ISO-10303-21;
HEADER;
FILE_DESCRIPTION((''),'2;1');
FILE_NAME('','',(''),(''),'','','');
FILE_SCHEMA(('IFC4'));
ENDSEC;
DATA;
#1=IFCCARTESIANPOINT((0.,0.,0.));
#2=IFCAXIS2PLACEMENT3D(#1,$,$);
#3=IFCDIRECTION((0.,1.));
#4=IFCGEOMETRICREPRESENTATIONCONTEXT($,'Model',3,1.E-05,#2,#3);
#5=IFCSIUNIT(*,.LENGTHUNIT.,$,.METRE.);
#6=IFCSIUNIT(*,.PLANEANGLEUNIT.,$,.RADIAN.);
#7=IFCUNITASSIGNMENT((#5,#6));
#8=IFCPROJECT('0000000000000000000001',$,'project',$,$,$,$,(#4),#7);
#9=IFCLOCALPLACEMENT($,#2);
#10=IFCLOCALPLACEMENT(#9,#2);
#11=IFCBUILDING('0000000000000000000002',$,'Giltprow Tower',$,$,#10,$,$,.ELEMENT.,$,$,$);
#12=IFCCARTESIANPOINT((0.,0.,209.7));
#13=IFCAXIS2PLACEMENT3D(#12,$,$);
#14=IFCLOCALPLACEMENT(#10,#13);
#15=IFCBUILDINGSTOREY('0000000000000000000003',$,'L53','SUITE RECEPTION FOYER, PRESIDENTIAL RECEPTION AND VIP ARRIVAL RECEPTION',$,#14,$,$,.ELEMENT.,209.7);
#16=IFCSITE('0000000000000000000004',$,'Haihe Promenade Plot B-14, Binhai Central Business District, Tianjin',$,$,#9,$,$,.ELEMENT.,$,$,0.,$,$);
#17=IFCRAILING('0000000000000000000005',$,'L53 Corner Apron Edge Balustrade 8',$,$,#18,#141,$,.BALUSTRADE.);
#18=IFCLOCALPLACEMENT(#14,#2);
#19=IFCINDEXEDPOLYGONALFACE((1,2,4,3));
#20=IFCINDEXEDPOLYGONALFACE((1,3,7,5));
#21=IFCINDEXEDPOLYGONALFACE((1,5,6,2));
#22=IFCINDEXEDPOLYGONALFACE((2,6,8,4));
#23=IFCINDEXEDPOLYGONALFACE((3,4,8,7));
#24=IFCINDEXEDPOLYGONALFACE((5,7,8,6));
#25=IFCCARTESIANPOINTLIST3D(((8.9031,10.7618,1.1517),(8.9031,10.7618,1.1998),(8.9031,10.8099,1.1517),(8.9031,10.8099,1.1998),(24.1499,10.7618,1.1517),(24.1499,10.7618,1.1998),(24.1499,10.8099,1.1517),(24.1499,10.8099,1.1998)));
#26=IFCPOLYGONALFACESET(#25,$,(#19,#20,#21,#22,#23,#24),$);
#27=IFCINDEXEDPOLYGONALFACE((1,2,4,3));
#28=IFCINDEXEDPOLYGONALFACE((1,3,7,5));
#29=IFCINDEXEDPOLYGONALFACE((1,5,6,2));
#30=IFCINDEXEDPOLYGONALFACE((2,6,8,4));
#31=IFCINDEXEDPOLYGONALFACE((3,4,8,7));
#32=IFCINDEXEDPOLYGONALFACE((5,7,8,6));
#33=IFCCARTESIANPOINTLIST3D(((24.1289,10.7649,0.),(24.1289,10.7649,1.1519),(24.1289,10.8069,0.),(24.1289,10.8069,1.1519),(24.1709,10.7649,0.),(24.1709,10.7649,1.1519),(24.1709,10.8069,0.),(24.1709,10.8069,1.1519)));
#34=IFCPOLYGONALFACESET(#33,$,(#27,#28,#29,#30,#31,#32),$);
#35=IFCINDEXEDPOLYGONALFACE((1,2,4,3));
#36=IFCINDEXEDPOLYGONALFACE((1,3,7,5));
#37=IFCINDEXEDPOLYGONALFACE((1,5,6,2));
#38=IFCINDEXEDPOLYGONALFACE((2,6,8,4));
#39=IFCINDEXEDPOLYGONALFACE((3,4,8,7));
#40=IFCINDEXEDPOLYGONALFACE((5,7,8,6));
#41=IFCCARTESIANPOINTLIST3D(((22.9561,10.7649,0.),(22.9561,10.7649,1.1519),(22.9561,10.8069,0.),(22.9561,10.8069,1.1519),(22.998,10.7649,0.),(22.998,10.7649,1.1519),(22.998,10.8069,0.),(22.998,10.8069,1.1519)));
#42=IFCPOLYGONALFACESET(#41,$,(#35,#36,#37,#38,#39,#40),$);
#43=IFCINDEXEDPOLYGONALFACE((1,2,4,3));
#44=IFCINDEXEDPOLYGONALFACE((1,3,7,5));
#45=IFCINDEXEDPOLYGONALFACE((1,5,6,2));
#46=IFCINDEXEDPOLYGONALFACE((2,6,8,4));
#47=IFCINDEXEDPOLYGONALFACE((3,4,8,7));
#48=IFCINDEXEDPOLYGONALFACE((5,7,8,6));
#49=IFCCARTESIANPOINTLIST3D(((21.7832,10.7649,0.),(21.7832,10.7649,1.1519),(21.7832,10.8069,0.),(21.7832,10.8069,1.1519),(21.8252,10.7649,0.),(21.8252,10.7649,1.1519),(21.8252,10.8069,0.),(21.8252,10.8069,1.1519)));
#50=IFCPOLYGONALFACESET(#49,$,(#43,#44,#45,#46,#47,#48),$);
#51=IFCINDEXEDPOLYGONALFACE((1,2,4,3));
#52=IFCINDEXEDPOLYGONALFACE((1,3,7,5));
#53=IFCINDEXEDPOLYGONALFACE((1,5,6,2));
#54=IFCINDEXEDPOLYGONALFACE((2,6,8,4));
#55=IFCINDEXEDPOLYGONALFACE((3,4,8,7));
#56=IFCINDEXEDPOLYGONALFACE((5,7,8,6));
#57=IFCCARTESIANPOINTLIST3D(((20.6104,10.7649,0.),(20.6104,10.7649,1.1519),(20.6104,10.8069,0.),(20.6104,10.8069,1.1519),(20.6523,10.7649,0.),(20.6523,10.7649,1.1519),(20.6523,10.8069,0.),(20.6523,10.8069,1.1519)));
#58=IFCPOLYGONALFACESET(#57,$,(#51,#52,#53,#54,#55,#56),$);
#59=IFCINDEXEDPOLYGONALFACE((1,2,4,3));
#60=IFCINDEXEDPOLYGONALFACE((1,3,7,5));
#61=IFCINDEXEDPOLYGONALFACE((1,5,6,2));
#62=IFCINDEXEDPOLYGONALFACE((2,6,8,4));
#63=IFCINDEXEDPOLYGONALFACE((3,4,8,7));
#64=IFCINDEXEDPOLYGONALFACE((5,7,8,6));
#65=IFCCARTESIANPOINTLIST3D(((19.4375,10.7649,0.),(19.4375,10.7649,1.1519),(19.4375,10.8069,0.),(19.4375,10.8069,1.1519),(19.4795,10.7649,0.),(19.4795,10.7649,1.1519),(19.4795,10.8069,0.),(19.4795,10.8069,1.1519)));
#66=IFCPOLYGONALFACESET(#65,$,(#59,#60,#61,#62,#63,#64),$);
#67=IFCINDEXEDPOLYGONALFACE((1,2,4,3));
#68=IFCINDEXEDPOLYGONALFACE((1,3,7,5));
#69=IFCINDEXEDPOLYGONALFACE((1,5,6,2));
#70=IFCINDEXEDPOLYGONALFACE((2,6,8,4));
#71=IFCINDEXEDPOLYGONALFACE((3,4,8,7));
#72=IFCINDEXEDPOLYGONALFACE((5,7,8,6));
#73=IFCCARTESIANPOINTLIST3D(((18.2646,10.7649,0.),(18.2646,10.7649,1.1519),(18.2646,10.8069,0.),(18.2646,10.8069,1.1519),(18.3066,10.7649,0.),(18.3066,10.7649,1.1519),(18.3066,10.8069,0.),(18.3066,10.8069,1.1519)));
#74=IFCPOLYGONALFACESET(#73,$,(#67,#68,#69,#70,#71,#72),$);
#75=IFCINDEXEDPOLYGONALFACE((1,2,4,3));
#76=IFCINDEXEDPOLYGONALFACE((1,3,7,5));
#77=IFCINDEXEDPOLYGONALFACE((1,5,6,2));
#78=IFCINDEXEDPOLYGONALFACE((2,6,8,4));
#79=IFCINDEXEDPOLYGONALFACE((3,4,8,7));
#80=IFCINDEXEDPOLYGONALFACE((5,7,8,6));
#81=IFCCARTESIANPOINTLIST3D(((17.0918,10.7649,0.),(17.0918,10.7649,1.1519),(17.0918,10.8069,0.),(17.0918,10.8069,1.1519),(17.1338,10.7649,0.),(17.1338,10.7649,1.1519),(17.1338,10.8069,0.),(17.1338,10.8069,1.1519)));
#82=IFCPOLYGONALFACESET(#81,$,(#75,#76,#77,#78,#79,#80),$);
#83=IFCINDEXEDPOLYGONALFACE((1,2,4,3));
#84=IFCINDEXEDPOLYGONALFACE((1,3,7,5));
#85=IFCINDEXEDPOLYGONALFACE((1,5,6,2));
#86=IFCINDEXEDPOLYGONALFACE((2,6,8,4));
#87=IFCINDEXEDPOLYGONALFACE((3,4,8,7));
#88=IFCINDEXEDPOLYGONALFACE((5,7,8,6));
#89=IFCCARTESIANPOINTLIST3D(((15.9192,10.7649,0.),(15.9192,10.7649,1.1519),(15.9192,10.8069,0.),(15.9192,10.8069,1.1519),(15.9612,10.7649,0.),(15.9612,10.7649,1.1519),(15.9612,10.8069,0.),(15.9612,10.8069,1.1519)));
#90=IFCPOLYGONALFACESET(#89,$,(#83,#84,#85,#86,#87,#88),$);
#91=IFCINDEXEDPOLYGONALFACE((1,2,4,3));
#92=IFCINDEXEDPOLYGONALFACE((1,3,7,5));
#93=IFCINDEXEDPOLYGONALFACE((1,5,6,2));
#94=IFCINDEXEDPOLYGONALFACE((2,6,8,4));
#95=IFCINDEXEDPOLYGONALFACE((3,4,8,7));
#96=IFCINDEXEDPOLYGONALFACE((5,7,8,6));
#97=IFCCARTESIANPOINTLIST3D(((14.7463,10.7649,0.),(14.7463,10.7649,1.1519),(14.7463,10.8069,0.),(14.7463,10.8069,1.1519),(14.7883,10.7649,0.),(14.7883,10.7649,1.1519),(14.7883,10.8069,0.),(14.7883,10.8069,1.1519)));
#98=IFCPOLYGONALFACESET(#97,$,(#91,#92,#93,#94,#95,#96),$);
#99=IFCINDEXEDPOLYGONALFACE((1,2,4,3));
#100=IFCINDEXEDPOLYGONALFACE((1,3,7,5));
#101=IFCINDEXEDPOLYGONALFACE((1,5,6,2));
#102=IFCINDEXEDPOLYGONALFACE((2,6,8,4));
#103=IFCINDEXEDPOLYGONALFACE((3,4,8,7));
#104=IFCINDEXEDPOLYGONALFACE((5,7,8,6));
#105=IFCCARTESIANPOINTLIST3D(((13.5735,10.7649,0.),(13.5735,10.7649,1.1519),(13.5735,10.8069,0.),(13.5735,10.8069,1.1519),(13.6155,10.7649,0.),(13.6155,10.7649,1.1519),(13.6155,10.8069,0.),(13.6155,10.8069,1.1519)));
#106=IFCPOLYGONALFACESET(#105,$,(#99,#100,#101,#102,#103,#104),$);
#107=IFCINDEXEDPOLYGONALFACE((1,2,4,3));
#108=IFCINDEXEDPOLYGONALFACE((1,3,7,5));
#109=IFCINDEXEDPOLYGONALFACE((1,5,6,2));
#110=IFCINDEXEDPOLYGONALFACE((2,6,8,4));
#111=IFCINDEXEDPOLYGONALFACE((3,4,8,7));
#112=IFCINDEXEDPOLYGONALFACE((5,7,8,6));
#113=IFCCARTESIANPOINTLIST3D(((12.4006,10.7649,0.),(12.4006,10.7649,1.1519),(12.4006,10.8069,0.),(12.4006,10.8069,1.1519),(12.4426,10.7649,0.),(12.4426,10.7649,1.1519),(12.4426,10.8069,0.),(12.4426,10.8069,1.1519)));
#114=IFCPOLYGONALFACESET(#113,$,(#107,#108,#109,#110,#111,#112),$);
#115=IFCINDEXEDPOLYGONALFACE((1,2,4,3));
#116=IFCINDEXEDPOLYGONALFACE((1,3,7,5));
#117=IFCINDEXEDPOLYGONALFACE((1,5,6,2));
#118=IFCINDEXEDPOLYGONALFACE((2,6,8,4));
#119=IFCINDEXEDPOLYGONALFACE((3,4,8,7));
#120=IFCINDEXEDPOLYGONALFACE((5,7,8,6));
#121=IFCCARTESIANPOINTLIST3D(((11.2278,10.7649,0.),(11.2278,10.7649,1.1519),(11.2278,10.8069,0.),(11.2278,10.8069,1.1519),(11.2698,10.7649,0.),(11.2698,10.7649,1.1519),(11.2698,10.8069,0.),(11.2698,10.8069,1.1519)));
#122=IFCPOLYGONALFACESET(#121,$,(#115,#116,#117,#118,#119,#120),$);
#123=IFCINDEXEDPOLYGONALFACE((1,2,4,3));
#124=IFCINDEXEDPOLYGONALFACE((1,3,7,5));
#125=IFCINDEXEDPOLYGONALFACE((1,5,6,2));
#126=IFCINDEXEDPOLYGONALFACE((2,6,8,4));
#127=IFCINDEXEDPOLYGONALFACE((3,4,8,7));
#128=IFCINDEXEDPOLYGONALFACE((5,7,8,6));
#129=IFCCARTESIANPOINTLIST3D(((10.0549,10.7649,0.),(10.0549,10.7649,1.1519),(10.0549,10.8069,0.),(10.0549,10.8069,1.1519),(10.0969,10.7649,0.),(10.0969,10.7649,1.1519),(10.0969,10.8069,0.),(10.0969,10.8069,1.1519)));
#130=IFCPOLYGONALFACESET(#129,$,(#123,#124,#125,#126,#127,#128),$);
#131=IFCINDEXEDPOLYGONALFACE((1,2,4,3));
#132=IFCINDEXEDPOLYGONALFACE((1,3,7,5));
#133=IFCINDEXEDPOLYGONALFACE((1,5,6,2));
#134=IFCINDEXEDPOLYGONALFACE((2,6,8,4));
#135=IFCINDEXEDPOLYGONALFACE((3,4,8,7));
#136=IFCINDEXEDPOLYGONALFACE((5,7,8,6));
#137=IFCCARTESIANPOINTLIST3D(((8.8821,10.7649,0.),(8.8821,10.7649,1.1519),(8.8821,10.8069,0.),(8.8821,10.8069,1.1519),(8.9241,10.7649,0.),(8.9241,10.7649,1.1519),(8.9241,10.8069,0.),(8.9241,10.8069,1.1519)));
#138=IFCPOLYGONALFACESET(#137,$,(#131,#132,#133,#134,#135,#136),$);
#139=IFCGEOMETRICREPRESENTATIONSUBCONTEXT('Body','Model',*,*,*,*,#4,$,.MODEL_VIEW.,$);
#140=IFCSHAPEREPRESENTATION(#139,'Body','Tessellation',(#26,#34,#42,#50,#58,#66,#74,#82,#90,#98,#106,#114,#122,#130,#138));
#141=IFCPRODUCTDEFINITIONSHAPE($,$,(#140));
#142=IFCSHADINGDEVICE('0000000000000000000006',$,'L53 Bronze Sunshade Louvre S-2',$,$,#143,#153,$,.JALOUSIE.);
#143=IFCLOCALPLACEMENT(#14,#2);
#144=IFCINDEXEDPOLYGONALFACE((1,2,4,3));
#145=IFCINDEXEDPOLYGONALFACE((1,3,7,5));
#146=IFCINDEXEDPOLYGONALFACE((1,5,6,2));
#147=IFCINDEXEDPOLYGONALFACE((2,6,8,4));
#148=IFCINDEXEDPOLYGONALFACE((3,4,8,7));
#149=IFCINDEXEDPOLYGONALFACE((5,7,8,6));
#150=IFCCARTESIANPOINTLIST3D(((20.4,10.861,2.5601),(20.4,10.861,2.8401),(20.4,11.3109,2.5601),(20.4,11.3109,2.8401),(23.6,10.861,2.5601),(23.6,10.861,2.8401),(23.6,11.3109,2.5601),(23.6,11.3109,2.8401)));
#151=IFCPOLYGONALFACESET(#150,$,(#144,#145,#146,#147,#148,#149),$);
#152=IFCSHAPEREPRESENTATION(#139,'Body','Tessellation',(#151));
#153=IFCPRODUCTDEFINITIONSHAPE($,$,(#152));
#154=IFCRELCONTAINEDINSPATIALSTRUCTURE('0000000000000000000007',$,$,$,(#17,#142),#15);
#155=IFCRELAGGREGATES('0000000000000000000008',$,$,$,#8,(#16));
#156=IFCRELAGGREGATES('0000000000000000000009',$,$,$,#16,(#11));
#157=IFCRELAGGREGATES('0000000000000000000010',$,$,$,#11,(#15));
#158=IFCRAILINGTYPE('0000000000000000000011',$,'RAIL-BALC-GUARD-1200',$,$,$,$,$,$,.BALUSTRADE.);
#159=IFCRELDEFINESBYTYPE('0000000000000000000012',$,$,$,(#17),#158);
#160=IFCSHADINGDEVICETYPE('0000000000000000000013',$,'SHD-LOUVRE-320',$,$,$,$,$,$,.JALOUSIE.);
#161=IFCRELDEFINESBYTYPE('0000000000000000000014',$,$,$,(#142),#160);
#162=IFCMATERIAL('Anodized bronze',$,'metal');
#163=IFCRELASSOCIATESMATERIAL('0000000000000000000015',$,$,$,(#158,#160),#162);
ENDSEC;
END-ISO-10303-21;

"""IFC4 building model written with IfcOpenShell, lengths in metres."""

from ifc_helpers import new_model, si_unit, direction, frame, origin, origin_2d, place, context, subcontext, project, spatial, rectangle, extrude, source, transform, mapped, material, type_object, element, save


model = new_model("IFC4")

# Units and contexts
model_context = context("Model", 3, precision=1e-05, world=origin(), true_north=direction((0.0, 1.0)))
body_context = subcontext(model_context, "Body", "Model", "MODEL_VIEW")
ifc_project = project(units=[si_unit("LENGTHUNIT", "METRE"), si_unit("PLANEANGLEUNIT", "RADIAN")], contexts=[model_context])

# Site, building, storey
site_placement = place(None, origin())
site = spatial("IfcSite", under=ifc_project, at=site_placement, Name="Haihe Promenade Plot B-14, Binhai Central Business District, Tianjin", CompositionType="ELEMENT", RefElevation=0.0)
building_placement = place(site_placement, origin())
building = spatial("IfcBuilding", under=site, at=building_placement, Name="Giltprow Tower", CompositionType="ELEMENT")
storey_placement = place(building_placement, frame((0.0, 0.0, 209.7)))
storey = spatial("IfcBuildingStorey", under=building, at=storey_placement, Name="L53", Description="SUITE RECEPTION FOYER, PRESIDENTIAL RECEPTION AND VIP ARRIVAL RECEPTION", CompositionType="ELEMENT", Elevation=209.7)

# Railing
ifc_material_1 = material(Name="Anodized bronze", Category="metal")
railing_type = type_object("IfcRailingType", Name="RAIL-BALC-GUARD-1200", PredefinedType="BALUSTRADE", material=ifc_material_1)
railing_1_placement = place(storey_placement, frame((24.1499, 10.7859, 0.0)))
element("IfcRailing", 1, at=railing_1_placement, inside=storey, type_object=railing_type, Name="L53 Corner Apron Edge Balustrade 8", PredefinedType="BALUSTRADE", context=body_context, shape_type="SweptSolid", body=[
    extrude(rectangle(XDim=0.0481, YDim=0.0481, at=origin_2d()), frame((0.0, 0.0, 1.1758), z_axis=(-1.0, 0.0, 0.0), x_axis=(0.0, -1.0, 0.0)), (0.0, 0.0, 1.0), 15.2468),
    extrude(rectangle(XDim=0.042, YDim=0.042, at=origin_2d()), origin(), (0.0, 0.0, 1.0), 1.1519),
    extrude(rectangle(XDim=0.042, YDim=0.042, at=origin_2d()), frame((-1.1729, 0.0, 0.0)), (0.0, 0.0, 1.0), 1.1519),
    extrude(rectangle(XDim=0.042, YDim=0.042, at=origin_2d()), frame((-2.3457, 0.0, 0.0)), (0.0, 0.0, 1.0), 1.1519),
    extrude(rectangle(XDim=0.042, YDim=0.042, at=origin_2d()), frame((-3.5186, 0.0, 0.0)), (0.0, 0.0, 1.0), 1.1519),
    extrude(rectangle(XDim=0.042, YDim=0.042, at=origin_2d()), frame((-4.6914, 0.0, 0.0)), (0.0, 0.0, 1.0), 1.1519),
    extrude(rectangle(XDim=0.042, YDim=0.042, at=origin_2d()), frame((-5.8643, 0.0, 0.0)), (0.0, 0.0, 1.0), 1.1519),
    extrude(rectangle(XDim=0.042, YDim=0.042, at=origin_2d()), frame((-7.0371, 0.0, 0.0)), (0.0, 0.0, 1.0), 1.1519),
    extrude(rectangle(XDim=0.042, YDim=0.042, at=origin_2d()), frame((-8.2097, 0.0, 0.0)), (0.0, 0.0, 1.0), 1.1519),
    extrude(rectangle(XDim=0.042, YDim=0.042, at=origin_2d()), frame((-9.3826, 0.0, 0.0)), (0.0, 0.0, 1.0), 1.1519),
    extrude(rectangle(XDim=0.042, YDim=0.042, at=origin_2d()), frame((-10.5554, 0.0, 0.0)), (0.0, 0.0, 1.0), 1.1519),
    extrude(rectangle(XDim=0.042, YDim=0.042, at=origin_2d()), frame((-11.7283, 0.0, 0.0)), (0.0, 0.0, 1.0), 1.1519),
    extrude(rectangle(XDim=0.042, YDim=0.042, at=origin_2d()), frame((-12.9011, 0.0, 0.0)), (0.0, 0.0, 1.0), 1.1519),
    extrude(rectangle(XDim=0.042, YDim=0.042, at=origin_2d()), frame((-14.074, 0.0, 0.0)), (0.0, 0.0, 1.0), 1.1519),
    extrude(rectangle(XDim=0.042, YDim=0.042, at=origin_2d()), frame((-15.2468, 0.0, 0.0)), (0.0, 0.0, 1.0), 1.1519),
])

# Shading device
shading_device_type = type_object("IfcShadingDeviceType", Name="SHD-LOUVRE-320", PredefinedType="JALOUSIE", material=ifc_material_1)
shared_shape_1 = source(origin(), body_context, "Body", "SweptSolid", [
    extrude(rectangle(XDim=3.2, YDim=0.45, at=origin_2d()), origin(), (0.0, 0.0, 1.0), 0.28),
])
shading_device_placement = place(storey_placement, frame((22.0, 11.0859, 2.5601), z_axis=(0.0, 0.0, 1.0), x_axis=(1.0, 0.0, 0.0)))
element("IfcShadingDevice", 2, at=shading_device_placement, inside=storey, type_object=shading_device_type, Name="L53 Bronze Sunshade Louvre S-2", PredefinedType="JALOUSIE", context=body_context, shape_type="MappedRepresentation", body=[
    mapped(shared_shape_1, transform((0.0, 0.0, 0.0), x_axis=(1.0, 0.0, 0.0), y_axis=(0.0, 1.0, 0.0), z_axis=(0.0, 0.0, 1.0), scale=1.0)),
])

save(model, "model.ifc")
